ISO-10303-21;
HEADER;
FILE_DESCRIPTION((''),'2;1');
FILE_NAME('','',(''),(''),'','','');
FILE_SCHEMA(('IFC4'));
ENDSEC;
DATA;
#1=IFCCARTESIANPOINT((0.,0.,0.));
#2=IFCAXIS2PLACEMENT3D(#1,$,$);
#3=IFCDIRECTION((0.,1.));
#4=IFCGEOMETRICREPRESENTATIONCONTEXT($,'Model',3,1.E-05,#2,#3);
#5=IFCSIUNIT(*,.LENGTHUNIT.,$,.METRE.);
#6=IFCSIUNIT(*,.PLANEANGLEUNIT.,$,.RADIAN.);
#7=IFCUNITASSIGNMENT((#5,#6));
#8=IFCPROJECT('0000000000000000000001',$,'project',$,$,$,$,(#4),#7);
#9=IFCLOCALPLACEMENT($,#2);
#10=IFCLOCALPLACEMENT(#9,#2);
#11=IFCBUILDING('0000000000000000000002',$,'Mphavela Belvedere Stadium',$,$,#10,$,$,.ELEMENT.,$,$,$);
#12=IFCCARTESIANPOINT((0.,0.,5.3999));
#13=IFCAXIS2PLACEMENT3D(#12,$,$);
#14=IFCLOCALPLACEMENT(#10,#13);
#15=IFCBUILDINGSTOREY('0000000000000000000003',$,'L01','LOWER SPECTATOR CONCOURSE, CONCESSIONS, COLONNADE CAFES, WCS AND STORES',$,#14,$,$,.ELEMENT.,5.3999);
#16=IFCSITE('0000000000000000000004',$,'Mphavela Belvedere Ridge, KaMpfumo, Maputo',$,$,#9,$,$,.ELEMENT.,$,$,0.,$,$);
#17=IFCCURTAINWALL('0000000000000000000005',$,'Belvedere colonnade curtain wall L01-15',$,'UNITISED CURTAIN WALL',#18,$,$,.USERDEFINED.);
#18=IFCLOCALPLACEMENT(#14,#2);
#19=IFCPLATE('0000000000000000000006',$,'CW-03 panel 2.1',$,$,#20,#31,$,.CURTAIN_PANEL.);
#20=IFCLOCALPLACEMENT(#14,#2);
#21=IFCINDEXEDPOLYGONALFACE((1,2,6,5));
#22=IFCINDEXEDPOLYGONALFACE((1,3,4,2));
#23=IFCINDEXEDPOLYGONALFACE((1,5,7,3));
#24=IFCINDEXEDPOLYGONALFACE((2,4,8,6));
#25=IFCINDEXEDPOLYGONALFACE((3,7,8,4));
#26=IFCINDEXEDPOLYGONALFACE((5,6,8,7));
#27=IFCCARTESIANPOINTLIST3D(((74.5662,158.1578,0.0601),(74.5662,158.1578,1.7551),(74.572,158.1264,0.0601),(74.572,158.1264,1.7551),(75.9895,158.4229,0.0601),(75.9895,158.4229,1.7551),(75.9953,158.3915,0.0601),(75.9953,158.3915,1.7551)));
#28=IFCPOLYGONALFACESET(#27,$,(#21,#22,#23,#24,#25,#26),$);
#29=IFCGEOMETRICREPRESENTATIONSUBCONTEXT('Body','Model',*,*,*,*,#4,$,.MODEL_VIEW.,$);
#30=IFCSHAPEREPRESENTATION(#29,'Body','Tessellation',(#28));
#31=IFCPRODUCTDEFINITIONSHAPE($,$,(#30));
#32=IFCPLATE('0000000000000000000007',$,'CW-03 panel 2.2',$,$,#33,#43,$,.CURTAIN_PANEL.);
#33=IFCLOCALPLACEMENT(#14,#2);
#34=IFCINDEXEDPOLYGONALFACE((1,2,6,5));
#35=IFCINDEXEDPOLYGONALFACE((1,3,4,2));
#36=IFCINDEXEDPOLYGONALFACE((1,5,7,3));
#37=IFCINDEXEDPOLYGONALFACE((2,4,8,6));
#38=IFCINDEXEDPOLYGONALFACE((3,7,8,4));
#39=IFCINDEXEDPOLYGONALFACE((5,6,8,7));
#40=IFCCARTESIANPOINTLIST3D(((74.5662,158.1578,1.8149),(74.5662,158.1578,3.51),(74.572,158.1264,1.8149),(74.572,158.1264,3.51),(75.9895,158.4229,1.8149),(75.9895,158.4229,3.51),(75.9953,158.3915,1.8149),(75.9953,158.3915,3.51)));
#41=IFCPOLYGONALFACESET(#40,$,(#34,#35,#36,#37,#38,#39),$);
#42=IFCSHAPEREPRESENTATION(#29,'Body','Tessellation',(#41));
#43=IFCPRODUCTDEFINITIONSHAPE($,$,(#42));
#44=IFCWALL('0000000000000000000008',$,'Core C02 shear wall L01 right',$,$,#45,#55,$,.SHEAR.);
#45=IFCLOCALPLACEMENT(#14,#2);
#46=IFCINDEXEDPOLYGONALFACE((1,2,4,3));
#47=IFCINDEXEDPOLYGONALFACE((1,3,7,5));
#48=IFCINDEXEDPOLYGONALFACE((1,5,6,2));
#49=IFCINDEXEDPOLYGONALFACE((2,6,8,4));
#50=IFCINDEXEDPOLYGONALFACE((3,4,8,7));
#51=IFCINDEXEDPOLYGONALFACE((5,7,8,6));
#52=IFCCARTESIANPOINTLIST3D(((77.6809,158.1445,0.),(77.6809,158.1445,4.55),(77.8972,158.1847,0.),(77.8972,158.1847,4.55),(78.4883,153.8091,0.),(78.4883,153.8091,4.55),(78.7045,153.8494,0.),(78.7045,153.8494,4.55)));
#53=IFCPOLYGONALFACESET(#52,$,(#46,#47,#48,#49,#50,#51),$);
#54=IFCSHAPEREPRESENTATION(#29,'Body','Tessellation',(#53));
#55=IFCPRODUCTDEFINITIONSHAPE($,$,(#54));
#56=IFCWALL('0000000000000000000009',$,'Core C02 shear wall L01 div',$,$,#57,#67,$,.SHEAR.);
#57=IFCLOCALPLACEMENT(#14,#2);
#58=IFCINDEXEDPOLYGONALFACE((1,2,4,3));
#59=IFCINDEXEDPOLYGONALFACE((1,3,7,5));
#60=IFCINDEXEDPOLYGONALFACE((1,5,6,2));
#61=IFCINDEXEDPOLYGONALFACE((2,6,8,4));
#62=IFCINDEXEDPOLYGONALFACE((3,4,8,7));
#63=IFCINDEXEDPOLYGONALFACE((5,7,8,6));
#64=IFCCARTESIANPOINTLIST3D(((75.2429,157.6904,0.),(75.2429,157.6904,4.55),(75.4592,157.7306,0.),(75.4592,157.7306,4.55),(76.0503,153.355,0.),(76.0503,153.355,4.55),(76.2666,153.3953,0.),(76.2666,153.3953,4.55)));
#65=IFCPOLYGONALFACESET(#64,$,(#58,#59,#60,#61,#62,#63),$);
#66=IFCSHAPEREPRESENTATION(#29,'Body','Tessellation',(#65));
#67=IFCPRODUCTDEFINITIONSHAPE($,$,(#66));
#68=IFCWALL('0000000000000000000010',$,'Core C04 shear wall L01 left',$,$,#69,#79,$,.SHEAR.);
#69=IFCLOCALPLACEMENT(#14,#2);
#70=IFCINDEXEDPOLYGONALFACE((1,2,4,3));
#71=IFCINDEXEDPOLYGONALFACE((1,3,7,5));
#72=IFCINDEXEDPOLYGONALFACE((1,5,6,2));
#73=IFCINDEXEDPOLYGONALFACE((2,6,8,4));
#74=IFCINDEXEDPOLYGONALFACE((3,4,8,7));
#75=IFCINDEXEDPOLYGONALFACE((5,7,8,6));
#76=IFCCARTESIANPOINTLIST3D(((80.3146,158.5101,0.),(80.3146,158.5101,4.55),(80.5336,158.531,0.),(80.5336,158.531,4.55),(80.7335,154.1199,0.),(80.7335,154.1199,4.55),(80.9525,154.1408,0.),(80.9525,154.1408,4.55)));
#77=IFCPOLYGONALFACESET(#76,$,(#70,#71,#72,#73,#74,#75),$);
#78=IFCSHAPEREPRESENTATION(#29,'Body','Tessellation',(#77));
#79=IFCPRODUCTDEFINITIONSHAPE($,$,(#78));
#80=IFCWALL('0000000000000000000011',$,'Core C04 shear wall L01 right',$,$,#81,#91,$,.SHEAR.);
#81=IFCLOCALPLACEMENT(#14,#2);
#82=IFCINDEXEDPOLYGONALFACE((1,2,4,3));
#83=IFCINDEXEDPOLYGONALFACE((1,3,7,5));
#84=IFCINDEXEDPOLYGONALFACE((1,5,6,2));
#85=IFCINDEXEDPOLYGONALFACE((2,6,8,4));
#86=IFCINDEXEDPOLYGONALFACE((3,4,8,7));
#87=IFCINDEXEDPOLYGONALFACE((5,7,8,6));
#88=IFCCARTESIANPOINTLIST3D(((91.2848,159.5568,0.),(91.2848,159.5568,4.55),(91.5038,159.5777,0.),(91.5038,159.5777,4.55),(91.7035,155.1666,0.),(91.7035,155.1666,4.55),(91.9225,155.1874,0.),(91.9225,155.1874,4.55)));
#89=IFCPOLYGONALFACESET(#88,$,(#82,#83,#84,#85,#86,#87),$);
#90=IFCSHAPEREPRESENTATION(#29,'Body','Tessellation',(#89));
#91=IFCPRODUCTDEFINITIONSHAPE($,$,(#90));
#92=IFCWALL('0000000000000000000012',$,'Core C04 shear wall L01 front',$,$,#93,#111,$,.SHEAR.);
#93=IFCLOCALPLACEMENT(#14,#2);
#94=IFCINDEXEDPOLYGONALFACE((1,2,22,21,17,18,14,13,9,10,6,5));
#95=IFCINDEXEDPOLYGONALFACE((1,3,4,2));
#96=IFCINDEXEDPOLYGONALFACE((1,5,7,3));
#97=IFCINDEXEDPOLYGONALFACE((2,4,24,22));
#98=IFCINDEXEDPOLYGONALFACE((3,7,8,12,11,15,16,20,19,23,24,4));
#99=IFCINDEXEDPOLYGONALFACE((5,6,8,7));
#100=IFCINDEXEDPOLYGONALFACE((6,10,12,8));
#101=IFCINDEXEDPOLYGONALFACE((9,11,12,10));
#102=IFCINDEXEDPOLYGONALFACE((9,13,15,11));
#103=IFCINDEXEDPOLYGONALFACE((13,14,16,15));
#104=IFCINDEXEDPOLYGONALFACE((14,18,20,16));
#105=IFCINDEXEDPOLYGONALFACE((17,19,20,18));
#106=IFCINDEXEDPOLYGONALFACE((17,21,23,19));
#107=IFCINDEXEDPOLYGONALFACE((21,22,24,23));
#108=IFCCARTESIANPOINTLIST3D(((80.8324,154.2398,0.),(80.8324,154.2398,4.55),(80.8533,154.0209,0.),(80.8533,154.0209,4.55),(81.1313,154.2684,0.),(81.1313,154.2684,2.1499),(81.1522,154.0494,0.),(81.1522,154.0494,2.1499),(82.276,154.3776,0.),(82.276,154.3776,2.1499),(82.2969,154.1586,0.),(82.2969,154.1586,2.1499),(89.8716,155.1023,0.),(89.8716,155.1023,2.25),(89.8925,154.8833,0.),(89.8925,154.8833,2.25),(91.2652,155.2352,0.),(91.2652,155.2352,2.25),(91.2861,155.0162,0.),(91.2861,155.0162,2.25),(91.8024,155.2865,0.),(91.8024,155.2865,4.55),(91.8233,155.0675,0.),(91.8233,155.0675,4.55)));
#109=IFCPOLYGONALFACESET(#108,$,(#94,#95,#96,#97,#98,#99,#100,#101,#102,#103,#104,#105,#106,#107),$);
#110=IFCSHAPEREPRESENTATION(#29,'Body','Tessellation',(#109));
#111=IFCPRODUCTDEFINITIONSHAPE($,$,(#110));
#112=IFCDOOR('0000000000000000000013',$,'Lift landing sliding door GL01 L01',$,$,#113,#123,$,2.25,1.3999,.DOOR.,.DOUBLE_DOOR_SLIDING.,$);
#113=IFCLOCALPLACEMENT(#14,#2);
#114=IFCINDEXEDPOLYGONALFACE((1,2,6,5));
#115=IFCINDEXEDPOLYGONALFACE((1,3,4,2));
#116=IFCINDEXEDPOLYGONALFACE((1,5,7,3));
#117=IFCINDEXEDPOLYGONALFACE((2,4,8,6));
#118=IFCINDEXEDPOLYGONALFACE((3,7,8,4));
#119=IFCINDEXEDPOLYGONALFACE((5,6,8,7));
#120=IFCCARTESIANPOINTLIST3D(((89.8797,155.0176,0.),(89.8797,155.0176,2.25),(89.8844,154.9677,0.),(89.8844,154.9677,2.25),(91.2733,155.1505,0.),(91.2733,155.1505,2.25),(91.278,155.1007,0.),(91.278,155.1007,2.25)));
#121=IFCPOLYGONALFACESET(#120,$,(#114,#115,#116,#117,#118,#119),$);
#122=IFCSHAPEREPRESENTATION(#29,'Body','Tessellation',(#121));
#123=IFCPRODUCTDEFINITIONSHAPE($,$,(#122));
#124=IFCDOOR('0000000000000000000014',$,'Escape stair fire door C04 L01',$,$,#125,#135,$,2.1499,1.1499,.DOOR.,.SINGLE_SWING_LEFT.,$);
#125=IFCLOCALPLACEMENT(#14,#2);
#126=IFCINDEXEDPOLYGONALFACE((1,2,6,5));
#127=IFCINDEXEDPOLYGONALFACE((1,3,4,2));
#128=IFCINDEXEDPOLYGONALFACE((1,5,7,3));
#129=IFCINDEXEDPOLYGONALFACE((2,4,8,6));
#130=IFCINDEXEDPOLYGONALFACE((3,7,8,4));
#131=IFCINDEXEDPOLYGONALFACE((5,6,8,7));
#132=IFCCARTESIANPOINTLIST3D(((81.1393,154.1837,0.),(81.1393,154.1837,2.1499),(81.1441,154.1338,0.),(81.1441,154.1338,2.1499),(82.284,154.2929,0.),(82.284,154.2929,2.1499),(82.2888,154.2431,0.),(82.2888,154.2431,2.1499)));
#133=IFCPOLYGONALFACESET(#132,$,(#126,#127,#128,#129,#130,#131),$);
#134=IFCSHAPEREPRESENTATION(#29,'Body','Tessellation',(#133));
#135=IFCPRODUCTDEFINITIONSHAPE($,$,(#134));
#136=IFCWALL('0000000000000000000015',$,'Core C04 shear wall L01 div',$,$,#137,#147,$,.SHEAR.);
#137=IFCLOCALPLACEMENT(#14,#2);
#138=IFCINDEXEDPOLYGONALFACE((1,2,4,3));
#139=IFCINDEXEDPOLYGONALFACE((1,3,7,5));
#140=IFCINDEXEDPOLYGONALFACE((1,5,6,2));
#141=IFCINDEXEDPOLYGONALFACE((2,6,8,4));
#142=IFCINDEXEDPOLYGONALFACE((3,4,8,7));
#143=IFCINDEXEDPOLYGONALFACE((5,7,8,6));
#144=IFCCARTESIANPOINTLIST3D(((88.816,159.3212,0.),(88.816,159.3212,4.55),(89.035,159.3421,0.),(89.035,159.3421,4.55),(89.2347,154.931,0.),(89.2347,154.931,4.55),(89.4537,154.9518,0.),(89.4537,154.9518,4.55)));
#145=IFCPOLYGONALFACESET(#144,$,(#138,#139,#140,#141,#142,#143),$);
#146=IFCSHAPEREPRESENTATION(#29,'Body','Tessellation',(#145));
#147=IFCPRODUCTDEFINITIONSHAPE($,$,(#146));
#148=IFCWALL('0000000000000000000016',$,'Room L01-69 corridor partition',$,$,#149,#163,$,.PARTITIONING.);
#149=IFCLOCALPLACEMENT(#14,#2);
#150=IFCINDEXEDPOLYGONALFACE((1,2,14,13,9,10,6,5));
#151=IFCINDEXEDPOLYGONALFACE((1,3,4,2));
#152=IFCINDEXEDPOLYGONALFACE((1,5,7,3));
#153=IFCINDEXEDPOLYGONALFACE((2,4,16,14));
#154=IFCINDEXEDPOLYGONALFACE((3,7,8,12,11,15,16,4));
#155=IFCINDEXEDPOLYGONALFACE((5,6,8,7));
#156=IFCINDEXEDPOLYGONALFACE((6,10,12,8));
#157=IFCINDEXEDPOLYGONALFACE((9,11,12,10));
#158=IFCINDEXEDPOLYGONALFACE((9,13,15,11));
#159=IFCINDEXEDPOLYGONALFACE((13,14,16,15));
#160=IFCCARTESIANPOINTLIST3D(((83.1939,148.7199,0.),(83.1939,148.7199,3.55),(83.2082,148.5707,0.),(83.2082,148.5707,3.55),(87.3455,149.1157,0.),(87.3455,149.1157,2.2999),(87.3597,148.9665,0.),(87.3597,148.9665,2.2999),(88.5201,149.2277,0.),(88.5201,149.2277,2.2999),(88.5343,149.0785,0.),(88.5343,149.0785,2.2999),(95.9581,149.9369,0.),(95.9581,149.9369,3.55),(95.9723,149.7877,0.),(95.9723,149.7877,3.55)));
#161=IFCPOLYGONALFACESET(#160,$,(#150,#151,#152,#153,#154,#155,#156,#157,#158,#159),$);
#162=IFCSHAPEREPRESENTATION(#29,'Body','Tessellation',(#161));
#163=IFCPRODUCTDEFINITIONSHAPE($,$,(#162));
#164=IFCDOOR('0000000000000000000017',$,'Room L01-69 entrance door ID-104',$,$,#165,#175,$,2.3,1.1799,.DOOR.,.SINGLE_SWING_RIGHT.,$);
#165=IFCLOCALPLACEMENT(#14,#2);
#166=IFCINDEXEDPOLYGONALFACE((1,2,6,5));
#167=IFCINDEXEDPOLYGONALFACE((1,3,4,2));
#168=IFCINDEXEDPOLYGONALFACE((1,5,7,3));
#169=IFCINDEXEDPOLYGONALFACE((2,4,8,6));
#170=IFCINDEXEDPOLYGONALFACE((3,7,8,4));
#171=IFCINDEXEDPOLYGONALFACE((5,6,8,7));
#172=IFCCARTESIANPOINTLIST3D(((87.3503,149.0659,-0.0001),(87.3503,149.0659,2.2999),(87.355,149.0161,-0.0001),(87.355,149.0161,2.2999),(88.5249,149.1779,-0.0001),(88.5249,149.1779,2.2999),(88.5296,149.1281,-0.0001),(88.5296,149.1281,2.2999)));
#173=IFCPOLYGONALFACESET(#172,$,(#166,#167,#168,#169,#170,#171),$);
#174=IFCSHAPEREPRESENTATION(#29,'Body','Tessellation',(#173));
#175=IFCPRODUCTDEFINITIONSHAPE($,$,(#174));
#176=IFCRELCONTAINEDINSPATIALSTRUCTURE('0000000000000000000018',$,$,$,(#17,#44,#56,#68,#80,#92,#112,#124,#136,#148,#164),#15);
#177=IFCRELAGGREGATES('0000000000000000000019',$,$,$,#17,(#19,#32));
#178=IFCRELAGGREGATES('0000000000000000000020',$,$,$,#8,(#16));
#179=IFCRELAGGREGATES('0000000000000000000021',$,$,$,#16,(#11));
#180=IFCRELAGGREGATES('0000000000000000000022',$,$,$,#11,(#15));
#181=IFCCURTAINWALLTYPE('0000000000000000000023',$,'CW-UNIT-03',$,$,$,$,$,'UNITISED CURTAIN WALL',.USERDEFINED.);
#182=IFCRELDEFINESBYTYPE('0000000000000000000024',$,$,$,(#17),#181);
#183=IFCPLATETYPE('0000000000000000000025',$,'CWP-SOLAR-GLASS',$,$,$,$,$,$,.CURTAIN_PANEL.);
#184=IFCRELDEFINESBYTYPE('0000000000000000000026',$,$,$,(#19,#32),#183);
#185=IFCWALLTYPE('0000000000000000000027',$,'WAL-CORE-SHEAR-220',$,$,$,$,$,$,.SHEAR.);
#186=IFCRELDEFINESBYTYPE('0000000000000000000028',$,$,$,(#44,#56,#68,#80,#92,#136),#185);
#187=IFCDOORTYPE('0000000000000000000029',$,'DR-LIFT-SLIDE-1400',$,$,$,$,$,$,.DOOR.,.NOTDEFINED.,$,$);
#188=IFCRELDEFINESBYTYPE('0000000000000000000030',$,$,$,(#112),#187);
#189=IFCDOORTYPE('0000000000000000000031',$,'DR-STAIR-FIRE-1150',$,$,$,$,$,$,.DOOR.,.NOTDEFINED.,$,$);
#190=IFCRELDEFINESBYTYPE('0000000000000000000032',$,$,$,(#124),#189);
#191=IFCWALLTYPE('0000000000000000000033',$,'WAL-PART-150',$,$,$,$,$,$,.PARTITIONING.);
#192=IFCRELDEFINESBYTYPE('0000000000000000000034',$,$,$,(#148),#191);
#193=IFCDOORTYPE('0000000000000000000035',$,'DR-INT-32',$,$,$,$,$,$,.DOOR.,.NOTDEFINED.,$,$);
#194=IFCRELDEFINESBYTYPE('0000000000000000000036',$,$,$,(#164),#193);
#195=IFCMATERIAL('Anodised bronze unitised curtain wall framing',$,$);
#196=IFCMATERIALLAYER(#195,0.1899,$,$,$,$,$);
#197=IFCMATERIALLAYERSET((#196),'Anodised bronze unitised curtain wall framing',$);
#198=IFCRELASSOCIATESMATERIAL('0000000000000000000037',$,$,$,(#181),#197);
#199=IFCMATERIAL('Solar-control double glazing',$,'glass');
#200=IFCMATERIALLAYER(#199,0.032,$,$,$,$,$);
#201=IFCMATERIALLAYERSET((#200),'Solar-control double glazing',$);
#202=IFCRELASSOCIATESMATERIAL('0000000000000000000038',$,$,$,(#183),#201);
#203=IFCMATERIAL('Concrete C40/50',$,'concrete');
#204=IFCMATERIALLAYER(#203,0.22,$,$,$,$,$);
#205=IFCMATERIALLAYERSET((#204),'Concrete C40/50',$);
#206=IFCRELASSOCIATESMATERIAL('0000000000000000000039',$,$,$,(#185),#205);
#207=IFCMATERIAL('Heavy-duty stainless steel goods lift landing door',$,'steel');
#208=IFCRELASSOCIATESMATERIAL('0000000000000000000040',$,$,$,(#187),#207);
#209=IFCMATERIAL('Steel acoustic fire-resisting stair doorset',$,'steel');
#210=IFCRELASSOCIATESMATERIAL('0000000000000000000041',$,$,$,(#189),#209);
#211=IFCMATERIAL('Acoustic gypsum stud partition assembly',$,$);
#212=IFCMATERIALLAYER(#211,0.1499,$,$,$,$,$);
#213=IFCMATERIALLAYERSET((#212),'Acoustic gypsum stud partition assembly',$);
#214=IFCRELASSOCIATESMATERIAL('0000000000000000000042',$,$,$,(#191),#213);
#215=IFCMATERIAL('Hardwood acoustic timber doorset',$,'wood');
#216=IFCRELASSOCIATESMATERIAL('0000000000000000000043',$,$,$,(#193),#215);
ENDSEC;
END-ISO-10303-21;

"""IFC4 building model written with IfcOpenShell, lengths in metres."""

from ifc_helpers import new_model, si_unit, direction, frame, frame_2d, origin, origin_2d, place, context, subcontext, project, spatial, rectangle, extrude, material, layer, layer_set, type_object, element, fill, aggregate, save


model = new_model("IFC4")

# Units and contexts
model_context = context("Model", 3, precision=1e-05, world=origin(), true_north=direction((0.0, 1.0)))
body_context = subcontext(model_context, "Body", "Model", "MODEL_VIEW")
ifc_project = project(units=[si_unit("LENGTHUNIT", "METRE"), si_unit("PLANEANGLEUNIT", "RADIAN")], contexts=[model_context])

# Site, building, storey
site_placement = place(None, origin())
site = spatial("IfcSite", under=ifc_project, at=site_placement, Name="Mphavela Belvedere Ridge, KaMpfumo, Maputo", CompositionType="ELEMENT", RefElevation=0.0)
building_placement = place(site_placement, origin())
building = spatial("IfcBuilding", under=site, at=building_placement, Name="Mphavela Belvedere Stadium", CompositionType="ELEMENT")
storey_placement = place(building_placement, frame((0.0, 0.0, 5.3999)))
storey = spatial("IfcBuildingStorey", under=building, at=storey_placement, Name="L01", Description="LOWER SPECTATOR CONCOURSE, CONCESSIONS, COLONNADE CAFES, WCS AND STORES", CompositionType="ELEMENT", Elevation=5.3999)

# Curtain wall, plates
ifc_material_1 = material(Name="Anodised bronze unitised curtain wall framing")
ifc_layer_1 = layer(ifc_material_1, 0.1899)
ifc_layer_set_1 = layer_set([ifc_layer_1], Name="Anodised bronze unitised curtain wall framing")
curtain_wall_type = type_object("IfcCurtainWallType", Name="CW-UNIT-03", ElementType="UNITISED CURTAIN WALL", PredefinedType="USERDEFINED", material=ifc_layer_set_1)
curtain_wall_placement = place(storey_placement, origin())
curtain_wall = element("IfcCurtainWall", 1, at=curtain_wall_placement, inside=storey, type_object=curtain_wall_type, Name="Belvedere colonnade curtain wall L01-15", ObjectType="UNITISED CURTAIN WALL", PredefinedType="USERDEFINED")
ifc_material_2 = material(Name="Solar-control double glazing", Category="glass")
ifc_layer_2 = layer(ifc_material_2, 0.032)
ifc_layer_set_2 = layer_set([ifc_layer_2], Name="Solar-control double glazing")
plate_type = type_object("IfcPlateType", Name="CWP-SOLAR-GLASS", PredefinedType="CURTAIN_PANEL", material=ifc_layer_set_2)
plate_1_placement = place(storey_placement, frame((75.2808, 158.2747, 0.0601), z_axis=(0.0, 0.0, 1.0), x_axis=(-0.983095, -0.183095, 0.0)))
plate_1 = element("IfcPlate", 2, at=plate_1_placement, type_object=plate_type, Name="CW-03 panel 2.1", PredefinedType="CURTAIN_PANEL", context=body_context, shape_type="SweptSolid", body=[
    extrude(rectangle(XDim=1.4478, YDim=0.032, at=origin_2d()), origin(), (0.0, 0.0, 1.0), 1.6951),
])
plate_2_placement = place(storey_placement, frame((75.2808, 158.2747, 1.8149), z_axis=(0.0, 0.0, 1.0), x_axis=(-0.983095, -0.183095, 0.0)))
plate_2 = element("IfcPlate", 3, at=plate_2_placement, type_object=plate_type, Name="CW-03 panel 2.2", PredefinedType="CURTAIN_PANEL", context=body_context, shape_type="SweptSolid", body=[
    extrude(rectangle(XDim=1.4478, YDim=0.032, at=origin_2d()), origin(), (0.0, 0.0, 1.0), 1.6951),
])
aggregate(curtain_wall, [plate_1, plate_2])

# Walls
ifc_material_3 = material(Name="Concrete C40/50", Category="concrete")
ifc_layer_3 = layer(ifc_material_3, 0.22)
ifc_layer_set_3 = layer_set([ifc_layer_3], Name="Concrete C40/50")
wall_type_1 = type_object("IfcWallType", Name="WAL-CORE-SHEAR-220", PredefinedType="SHEAR", material=ifc_layer_set_3)
for number, where, z_axis, x_axis, name in (
    (4, (78.5964, 153.8291, 0.0), (0.0, 0.0, 1.0), (-0.183078, 0.983098, 0.0), "Core C02 shear wall L01 right"),
    (5, (76.1584, 153.375, 0.0), (0.0, 0.0, 1.0), (-0.183078, 0.983098, 0.0), "Core C02 shear wall L01 div"),
):
    element("IfcWall", number, at=place(storey_placement, frame(where, z_axis=z_axis, x_axis=x_axis)), inside=storey, type_object=wall_type_1, Name=name, PredefinedType="SHEAR", context=body_context, shape_type="SweptSolid", body=[
        extrude(rectangle(XDim=4.4099, YDim=0.22, at=frame_2d((2.2051, 0.0))), origin(), (0.0, 0.0, 1.0), 4.55),
    ])
for number, where, z_axis, x_axis, name in (
    (6, (80.843, 154.1304, 0.0), (0.0, 0.0, 1.0), (-0.094997, 0.995478, 0.0), "Core C04 shear wall L01 left"),
    (7, (91.813, 155.177, 0.0), (0.0, 0.0, 1.0), (-0.094942, 0.995483, 0.0), "Core C04 shear wall L01 right"),
):
    element("IfcWall", number, at=place(storey_placement, frame(where, z_axis=z_axis, x_axis=x_axis)), inside=storey, type_object=wall_type_1, Name=name, PredefinedType="SHEAR", context=body_context, shape_type="SweptSolid", body=[
        extrude(rectangle(XDim=4.4102, YDim=0.22, at=frame_2d((2.2051, 0.0))), origin(), (0.0, 0.0, 1.0), 4.55),
    ])

# Wall, openings, doors
wall_1_placement = place(storey_placement, frame((80.843, 154.1304, 0.0), z_axis=(0.0, 0.0, 1.0), x_axis=(0.995479, 0.094977, 0.0)))
wall_1 = element("IfcWall", 8, at=wall_1_placement, inside=storey, type_object=wall_type_1, Name="Core C04 shear wall L01 front", PredefinedType="SHEAR", context=body_context, shape_type="SweptSolid", body=[
    extrude(rectangle(XDim=11.0198, YDim=0.22, at=frame_2d((5.5098, 0.0))), origin(), (0.0, 0.0, 1.0), 4.55),
])
opening_1_placement = place(wall_1_placement, frame((0.3, 0.0, 0.0)))
opening_1 = element("IfcOpeningElement", 9, at=opening_1_placement, cuts=wall_1, PredefinedType="OPENING", context=body_context, shape_type="SweptSolid", body=[
    extrude(rectangle(XDim=1.1499, YDim=2.1499, at=frame_2d((0.575, 1.075))), frame((0.0, 0.1201, 0.0), z_axis=(0.0, -1.0, 0.0), x_axis=(1.0, 0.0, 0.0)), (0.0, 0.0, 1.0), 0.24),
])
opening_2_placement = place(wall_1_placement, frame((9.0801, 0.0, 0.0)))
opening_2 = element("IfcOpeningElement", 10, at=opening_2_placement, cuts=wall_1, PredefinedType="OPENING", context=body_context, shape_type="SweptSolid", body=[
    extrude(rectangle(XDim=1.3999, YDim=2.25, at=frame_2d((0.7, 1.125))), frame((0.0, 0.1201, 0.0), z_axis=(0.0, -1.0, 0.0), x_axis=(1.0, 0.0, 0.0)), (0.0, 0.0, 1.0), 0.24),
])
ifc_material_4 = material(Name="Heavy-duty stainless steel goods lift landing door", Category="steel")
door_type_1 = type_object("IfcDoorType", Name="DR-LIFT-SLIDE-1400", OperationType="NOTDEFINED", PredefinedType="DOOR", material=ifc_material_4)
door_1_placement = place(opening_2_placement, origin())
door_1 = element("IfcDoor", 11, at=door_1_placement, inside=storey, type_object=door_type_1, Name="Lift landing sliding door GL01 L01", OperationType="DOUBLE_DOOR_SLIDING", OverallHeight=2.25, OverallWidth=1.3999, PredefinedType="DOOR", context=body_context, shape_type="SweptSolid", body=[
    extrude(rectangle(XDim=1.3999, YDim=2.25, at=frame_2d((0.7, 1.125))), frame((0.0, 0.0249, 0.0), z_axis=(0.0, -1.0, 0.0), x_axis=(1.0, 0.0, 0.0)), (0.0, 0.0, 1.0), 0.05),
])
fill(opening_2, door_1)
ifc_material_5 = material(Name="Steel acoustic fire-resisting stair doorset", Category="steel")
door_type_2 = type_object("IfcDoorType", Name="DR-STAIR-FIRE-1150", OperationType="NOTDEFINED", PredefinedType="DOOR", material=ifc_material_5)
door_2_placement = place(opening_1_placement, origin())
door_2 = element("IfcDoor", 12, at=door_2_placement, inside=storey, type_object=door_type_2, Name="Escape stair fire door C04 L01", OperationType="SINGLE_SWING_LEFT", OverallHeight=2.1499, OverallWidth=1.1499, PredefinedType="DOOR", context=body_context, shape_type="SweptSolid", body=[
    extrude(rectangle(XDim=1.1499, YDim=2.1499, at=frame_2d((0.575, 1.075))), frame((0.0, 0.0249, 0.0), z_axis=(0.0, -1.0, 0.0), x_axis=(1.0, 0.0, 0.0)), (0.0, 0.0, 1.0), 0.05),
])
fill(opening_1, door_2)

# Wall
wall_2_placement = place(storey_placement, frame((89.3442, 154.9414, 0.0), z_axis=(0.0, 0.0, 1.0), x_axis=(-0.094942, 0.995483, 0.0)))
element("IfcWall", 13, at=wall_2_placement, inside=storey, type_object=wall_type_1, Name="Core C04 shear wall L01 div", PredefinedType="SHEAR", context=body_context, shape_type="SweptSolid", body=[
    extrude(rectangle(XDim=4.4102, YDim=0.22, at=frame_2d((2.2051, 0.0))), origin(), (0.0, 0.0, 1.0), 4.55),
])

# Wall, opening, door
ifc_material_6 = material(Name="Acoustic gypsum stud partition assembly")
ifc_layer_4 = layer(ifc_material_6, 0.1499)
ifc_layer_set_4 = layer_set([ifc_layer_4], Name="Acoustic gypsum stud partition assembly")
wall_type_2 = type_object("IfcWallType", Name="WAL-PART-150", PredefinedType="PARTITIONING", material=ifc_layer_set_4)
wall_3_placement = place(storey_placement, frame((83.2009, 148.6453, 0.0), z_axis=(0.0, 0.0, 1.0), x_axis=(0.995485, 0.094918, 0.0)))
wall_3 = element("IfcWall", 14, at=wall_3_placement, inside=storey, type_object=wall_type_2, Name="Room L01-69 corridor partition", PredefinedType="PARTITIONING", context=body_context, shape_type="SweptSolid", body=[
    extrude(rectangle(XDim=12.822, YDim=0.1499, at=frame_2d((6.4111, 0.0))), origin(), (0.0, 0.0, 1.0), 3.55),
])
opening_3_placement = place(wall_3_placement, frame((4.1707, 0.0, 0.0)))
opening_3 = element("IfcOpeningElement", 15, at=opening_3_placement, cuts=wall_3, PredefinedType="OPENING", context=body_context, shape_type="SweptSolid", body=[
    extrude(rectangle(XDim=1.1799, YDim=2.3, at=frame_2d((0.5898, 1.1499))), frame((0.0, 0.085, 0.0), z_axis=(0.0, -1.0, 0.0), x_axis=(1.0, 0.0, 0.0)), (0.0, 0.0, 1.0), 0.1699),
])
ifc_material_7 = material(Name="Hardwood acoustic timber doorset", Category="wood")
door_type_3 = type_object("IfcDoorType", Name="DR-INT-32", OperationType="NOTDEFINED", PredefinedType="DOOR", material=ifc_material_7)
door_3_placement = place(opening_3_placement, origin())
door_3 = element("IfcDoor", 16, at=door_3_placement, inside=storey, type_object=door_type_3, Name="Room L01-69 entrance door ID-104", OperationType="SINGLE_SWING_RIGHT", OverallHeight=2.3, OverallWidth=1.1799, PredefinedType="DOOR", context=body_context, shape_type="SweptSolid", body=[
    extrude(rectangle(XDim=1.1799, YDim=2.3, at=frame_2d((0.5898, 1.1499))), frame((0.0, 0.0249, 0.0), z_axis=(0.0, -1.0, 0.0), x_axis=(1.0, 0.0, 0.0)), (0.0, 0.0, 1.0), 0.05),
])
fill(opening_3, door_3)

save(model, "model.ifc")
